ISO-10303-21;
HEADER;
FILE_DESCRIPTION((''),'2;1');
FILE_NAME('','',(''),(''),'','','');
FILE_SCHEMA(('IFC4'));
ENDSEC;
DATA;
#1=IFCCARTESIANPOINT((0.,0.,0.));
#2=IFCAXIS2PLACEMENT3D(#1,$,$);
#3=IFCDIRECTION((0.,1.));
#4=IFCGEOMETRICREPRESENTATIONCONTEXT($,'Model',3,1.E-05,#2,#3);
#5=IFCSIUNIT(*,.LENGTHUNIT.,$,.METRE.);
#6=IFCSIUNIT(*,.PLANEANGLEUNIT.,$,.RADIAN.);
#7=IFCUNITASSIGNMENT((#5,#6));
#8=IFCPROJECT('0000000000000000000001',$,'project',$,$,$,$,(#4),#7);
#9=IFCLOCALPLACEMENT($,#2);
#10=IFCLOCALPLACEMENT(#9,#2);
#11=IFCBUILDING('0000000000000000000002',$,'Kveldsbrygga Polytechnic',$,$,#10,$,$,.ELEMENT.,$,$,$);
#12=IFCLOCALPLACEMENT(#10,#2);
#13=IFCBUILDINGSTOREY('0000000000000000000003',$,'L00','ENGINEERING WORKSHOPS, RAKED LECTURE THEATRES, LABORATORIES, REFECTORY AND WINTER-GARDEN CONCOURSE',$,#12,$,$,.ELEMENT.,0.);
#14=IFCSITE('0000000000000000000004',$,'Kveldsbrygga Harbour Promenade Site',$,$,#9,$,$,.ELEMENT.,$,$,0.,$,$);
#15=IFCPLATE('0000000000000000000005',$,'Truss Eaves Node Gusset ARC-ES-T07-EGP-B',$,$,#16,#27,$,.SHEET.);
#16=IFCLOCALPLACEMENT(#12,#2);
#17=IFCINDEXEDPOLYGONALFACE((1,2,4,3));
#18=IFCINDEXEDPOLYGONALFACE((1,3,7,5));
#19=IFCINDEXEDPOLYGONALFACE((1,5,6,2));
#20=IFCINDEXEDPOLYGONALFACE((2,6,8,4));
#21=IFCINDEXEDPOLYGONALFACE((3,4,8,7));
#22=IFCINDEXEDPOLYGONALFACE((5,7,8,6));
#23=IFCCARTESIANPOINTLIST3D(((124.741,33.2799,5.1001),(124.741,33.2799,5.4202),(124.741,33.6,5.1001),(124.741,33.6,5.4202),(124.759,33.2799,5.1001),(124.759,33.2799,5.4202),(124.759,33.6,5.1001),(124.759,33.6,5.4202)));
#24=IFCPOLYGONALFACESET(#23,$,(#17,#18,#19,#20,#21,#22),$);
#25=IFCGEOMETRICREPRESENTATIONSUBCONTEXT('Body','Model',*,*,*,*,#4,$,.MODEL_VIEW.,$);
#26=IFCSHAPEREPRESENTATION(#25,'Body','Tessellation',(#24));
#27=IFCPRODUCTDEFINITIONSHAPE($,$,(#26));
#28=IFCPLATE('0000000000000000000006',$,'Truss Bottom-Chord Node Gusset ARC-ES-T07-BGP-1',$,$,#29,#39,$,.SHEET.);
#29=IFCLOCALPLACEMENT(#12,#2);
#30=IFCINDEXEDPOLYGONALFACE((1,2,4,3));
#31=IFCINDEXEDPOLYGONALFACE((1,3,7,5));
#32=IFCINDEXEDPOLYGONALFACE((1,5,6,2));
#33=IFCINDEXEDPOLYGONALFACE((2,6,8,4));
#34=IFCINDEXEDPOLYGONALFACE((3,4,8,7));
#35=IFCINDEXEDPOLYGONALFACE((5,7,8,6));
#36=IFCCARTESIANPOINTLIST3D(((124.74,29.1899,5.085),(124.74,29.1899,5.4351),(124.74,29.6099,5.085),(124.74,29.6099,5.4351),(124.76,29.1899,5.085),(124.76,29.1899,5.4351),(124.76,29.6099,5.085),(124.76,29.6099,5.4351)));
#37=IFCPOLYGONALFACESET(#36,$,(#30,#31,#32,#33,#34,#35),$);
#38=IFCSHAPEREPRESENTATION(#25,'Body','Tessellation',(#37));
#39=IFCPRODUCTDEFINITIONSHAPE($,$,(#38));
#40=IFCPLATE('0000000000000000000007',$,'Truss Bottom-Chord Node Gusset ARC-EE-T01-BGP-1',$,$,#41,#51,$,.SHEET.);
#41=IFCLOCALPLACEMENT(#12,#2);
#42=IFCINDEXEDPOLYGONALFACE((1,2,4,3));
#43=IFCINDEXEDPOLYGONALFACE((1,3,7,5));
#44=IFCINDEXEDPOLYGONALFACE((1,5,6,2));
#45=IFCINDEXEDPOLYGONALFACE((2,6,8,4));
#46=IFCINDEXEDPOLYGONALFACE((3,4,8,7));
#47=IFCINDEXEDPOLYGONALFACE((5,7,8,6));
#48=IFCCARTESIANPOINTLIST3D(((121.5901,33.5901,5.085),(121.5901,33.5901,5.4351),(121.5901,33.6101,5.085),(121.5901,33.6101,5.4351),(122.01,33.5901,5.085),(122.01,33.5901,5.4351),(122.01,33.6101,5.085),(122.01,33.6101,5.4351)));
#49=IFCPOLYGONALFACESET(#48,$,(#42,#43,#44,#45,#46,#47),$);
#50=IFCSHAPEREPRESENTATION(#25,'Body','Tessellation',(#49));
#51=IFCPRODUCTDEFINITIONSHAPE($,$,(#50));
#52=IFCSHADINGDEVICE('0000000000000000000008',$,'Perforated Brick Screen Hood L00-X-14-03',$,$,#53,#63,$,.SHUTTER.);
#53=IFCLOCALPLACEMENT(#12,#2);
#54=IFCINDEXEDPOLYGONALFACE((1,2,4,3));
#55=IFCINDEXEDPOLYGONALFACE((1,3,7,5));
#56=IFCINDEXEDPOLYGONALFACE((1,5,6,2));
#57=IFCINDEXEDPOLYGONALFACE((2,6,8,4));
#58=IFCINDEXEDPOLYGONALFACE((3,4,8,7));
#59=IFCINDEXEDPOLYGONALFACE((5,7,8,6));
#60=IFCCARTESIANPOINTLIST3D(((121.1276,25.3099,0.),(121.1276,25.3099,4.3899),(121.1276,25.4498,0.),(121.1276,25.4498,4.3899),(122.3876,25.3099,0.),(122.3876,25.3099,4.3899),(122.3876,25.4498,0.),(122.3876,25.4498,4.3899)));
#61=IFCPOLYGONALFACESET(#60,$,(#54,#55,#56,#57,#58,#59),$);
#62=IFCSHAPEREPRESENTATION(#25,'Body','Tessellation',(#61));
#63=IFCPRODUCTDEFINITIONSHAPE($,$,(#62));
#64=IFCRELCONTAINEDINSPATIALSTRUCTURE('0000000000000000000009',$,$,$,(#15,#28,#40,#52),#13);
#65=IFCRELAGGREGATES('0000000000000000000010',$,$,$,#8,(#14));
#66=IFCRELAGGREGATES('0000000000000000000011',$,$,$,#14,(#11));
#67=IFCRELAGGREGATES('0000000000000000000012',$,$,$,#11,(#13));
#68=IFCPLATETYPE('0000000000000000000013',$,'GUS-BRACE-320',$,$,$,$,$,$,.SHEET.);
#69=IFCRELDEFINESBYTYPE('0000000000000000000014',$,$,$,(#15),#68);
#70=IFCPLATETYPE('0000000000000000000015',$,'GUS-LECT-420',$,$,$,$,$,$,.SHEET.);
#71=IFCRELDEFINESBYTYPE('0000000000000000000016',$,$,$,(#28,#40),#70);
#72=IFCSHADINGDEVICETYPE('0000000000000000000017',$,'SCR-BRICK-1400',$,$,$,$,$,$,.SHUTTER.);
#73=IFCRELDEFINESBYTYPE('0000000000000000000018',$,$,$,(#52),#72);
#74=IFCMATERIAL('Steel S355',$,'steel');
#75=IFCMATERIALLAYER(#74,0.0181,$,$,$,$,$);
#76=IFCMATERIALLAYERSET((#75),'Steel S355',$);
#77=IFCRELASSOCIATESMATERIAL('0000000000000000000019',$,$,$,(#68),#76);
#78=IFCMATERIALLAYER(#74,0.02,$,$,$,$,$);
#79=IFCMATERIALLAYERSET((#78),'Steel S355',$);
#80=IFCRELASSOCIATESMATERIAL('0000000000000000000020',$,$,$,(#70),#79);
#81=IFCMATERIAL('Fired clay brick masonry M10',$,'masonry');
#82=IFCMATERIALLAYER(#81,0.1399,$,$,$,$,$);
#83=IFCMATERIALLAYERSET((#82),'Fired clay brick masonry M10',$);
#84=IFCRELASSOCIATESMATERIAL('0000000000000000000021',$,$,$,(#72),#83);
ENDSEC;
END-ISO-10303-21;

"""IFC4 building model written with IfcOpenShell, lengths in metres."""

from ifc_helpers import new_model, si_unit, direction, frame, origin, origin_2d, place, context, subcontext, project, spatial, rectangle, extrude, material, layer, layer_set, type_object, element, save


model = new_model("IFC4")

# Units and contexts
model_context = context("Model", 3, precision=1e-05, world=origin(), true_north=direction((0.0, 1.0)))
body_context = subcontext(model_context, "Body", "Model", "MODEL_VIEW")
ifc_project = project(units=[si_unit("LENGTHUNIT", "METRE"), si_unit("PLANEANGLEUNIT", "RADIAN")], contexts=[model_context])

# Site, building, storey
site_placement = place(None, origin())
site = spatial("IfcSite", under=ifc_project, at=site_placement, Name="Kveldsbrygga Harbour Promenade Site", CompositionType="ELEMENT", RefElevation=0.0)
building_placement = place(site_placement, origin())
building = spatial("IfcBuilding", under=site, at=building_placement, Name="Kveldsbrygga Polytechnic", CompositionType="ELEMENT")
storey_placement = place(building_placement, origin())
storey = spatial("IfcBuildingStorey", under=building, at=storey_placement, Name="L00", Description="ENGINEERING WORKSHOPS, RAKED LECTURE THEATRES, LABORATORIES, REFECTORY AND WINTER-GARDEN CONCOURSE", CompositionType="ELEMENT", Elevation=0.0)

# Shared definitions
ifc_material_1 = material(Name="Steel S355", Category="steel")

# Plates
ifc_layer_1 = layer(ifc_material_1, 0.0181)
ifc_layer_set_1 = layer_set([ifc_layer_1], Name="Steel S355")
plate_type_1 = type_object("IfcPlateType", Name="GUS-BRACE-320", PredefinedType="SHEET", material=ifc_layer_set_1)
for number, where, z_axis, x_axis, name in (
    (1, (124.75, 33.4399, 5.1001), (0.0, 0.0, 1.0), (1.0, 0.0, 0.0), "Truss Eaves Node Gusset ARC-ES-T07-EGP-B"),
):
    element("IfcPlate", number, at=place(storey_placement, frame(where, z_axis=z_axis, x_axis=x_axis)), inside=storey, type_object=plate_type_1, Name=name, PredefinedType="SHEET", context=body_context, shape_type="SweptSolid", body=[
        extrude(rectangle(XDim=0.0181, YDim=0.3201, at=origin_2d()), origin(), (0.0, 0.0, 1.0), 0.3201),
    ])
ifc_layer_2 = layer(ifc_material_1, 0.02)
ifc_layer_set_2 = layer_set([ifc_layer_2], Name="Steel S355")
plate_type_2 = type_object("IfcPlateType", Name="GUS-LECT-420", PredefinedType="SHEET", material=ifc_layer_set_2)
plate_1_placement = place(storey_placement, frame((124.75, 29.3999, 5.085), z_axis=(0.0, 0.0, 1.0), x_axis=(1.0, 0.0, 0.0)))
element("IfcPlate", 2, at=plate_1_placement, inside=storey, type_object=plate_type_2, Name="Truss Bottom-Chord Node Gusset ARC-ES-T07-BGP-1", PredefinedType="SHEET", context=body_context, shape_type="SweptSolid", body=[
    extrude(rectangle(XDim=0.02, YDim=0.4199, at=origin_2d()), origin(), (0.0, 0.0, 1.0), 0.3501),
])
plate_2_placement = place(storey_placement, frame((121.8, 33.6001, 5.085), z_axis=(0.0, 0.0, 1.0), x_axis=(1.0, 0.0, 0.0)))
element("IfcPlate", 3, at=plate_2_placement, inside=storey, type_object=plate_type_2, Name="Truss Bottom-Chord Node Gusset ARC-EE-T01-BGP-1", PredefinedType="SHEET", context=body_context, shape_type="SweptSolid", body=[
    extrude(rectangle(XDim=0.4199, YDim=0.02, at=origin_2d()), origin(), (0.0, 0.0, 1.0), 0.3501),
])

# Shading device
ifc_material_2 = material(Name="Fired clay brick masonry M10", Category="masonry")
ifc_layer_3 = layer(ifc_material_2, 0.1399)
ifc_layer_set_3 = layer_set([ifc_layer_3], Name="Fired clay brick masonry M10")
shading_device_type = type_object("IfcShadingDeviceType", Name="SCR-BRICK-1400", PredefinedType="SHUTTER", material=ifc_layer_set_3)
shading_device_placement = place(storey_placement, frame((121.7576, 25.3799, 0.0), z_axis=(0.0, 0.0, 1.0), x_axis=(1.0, 0.0, 0.0)))
element("IfcShadingDevice", 4, at=shading_device_placement, inside=storey, type_object=shading_device_type, Name="Perforated Brick Screen Hood L00-X-14-03", PredefinedType="SHUTTER", context=body_context, shape_type="SweptSolid", body=[
    extrude(rectangle(XDim=1.26, YDim=0.1399, at=origin_2d()), origin(), (0.0, 0.0, 1.0), 4.3899),
])

save(model, "model.ifc")
